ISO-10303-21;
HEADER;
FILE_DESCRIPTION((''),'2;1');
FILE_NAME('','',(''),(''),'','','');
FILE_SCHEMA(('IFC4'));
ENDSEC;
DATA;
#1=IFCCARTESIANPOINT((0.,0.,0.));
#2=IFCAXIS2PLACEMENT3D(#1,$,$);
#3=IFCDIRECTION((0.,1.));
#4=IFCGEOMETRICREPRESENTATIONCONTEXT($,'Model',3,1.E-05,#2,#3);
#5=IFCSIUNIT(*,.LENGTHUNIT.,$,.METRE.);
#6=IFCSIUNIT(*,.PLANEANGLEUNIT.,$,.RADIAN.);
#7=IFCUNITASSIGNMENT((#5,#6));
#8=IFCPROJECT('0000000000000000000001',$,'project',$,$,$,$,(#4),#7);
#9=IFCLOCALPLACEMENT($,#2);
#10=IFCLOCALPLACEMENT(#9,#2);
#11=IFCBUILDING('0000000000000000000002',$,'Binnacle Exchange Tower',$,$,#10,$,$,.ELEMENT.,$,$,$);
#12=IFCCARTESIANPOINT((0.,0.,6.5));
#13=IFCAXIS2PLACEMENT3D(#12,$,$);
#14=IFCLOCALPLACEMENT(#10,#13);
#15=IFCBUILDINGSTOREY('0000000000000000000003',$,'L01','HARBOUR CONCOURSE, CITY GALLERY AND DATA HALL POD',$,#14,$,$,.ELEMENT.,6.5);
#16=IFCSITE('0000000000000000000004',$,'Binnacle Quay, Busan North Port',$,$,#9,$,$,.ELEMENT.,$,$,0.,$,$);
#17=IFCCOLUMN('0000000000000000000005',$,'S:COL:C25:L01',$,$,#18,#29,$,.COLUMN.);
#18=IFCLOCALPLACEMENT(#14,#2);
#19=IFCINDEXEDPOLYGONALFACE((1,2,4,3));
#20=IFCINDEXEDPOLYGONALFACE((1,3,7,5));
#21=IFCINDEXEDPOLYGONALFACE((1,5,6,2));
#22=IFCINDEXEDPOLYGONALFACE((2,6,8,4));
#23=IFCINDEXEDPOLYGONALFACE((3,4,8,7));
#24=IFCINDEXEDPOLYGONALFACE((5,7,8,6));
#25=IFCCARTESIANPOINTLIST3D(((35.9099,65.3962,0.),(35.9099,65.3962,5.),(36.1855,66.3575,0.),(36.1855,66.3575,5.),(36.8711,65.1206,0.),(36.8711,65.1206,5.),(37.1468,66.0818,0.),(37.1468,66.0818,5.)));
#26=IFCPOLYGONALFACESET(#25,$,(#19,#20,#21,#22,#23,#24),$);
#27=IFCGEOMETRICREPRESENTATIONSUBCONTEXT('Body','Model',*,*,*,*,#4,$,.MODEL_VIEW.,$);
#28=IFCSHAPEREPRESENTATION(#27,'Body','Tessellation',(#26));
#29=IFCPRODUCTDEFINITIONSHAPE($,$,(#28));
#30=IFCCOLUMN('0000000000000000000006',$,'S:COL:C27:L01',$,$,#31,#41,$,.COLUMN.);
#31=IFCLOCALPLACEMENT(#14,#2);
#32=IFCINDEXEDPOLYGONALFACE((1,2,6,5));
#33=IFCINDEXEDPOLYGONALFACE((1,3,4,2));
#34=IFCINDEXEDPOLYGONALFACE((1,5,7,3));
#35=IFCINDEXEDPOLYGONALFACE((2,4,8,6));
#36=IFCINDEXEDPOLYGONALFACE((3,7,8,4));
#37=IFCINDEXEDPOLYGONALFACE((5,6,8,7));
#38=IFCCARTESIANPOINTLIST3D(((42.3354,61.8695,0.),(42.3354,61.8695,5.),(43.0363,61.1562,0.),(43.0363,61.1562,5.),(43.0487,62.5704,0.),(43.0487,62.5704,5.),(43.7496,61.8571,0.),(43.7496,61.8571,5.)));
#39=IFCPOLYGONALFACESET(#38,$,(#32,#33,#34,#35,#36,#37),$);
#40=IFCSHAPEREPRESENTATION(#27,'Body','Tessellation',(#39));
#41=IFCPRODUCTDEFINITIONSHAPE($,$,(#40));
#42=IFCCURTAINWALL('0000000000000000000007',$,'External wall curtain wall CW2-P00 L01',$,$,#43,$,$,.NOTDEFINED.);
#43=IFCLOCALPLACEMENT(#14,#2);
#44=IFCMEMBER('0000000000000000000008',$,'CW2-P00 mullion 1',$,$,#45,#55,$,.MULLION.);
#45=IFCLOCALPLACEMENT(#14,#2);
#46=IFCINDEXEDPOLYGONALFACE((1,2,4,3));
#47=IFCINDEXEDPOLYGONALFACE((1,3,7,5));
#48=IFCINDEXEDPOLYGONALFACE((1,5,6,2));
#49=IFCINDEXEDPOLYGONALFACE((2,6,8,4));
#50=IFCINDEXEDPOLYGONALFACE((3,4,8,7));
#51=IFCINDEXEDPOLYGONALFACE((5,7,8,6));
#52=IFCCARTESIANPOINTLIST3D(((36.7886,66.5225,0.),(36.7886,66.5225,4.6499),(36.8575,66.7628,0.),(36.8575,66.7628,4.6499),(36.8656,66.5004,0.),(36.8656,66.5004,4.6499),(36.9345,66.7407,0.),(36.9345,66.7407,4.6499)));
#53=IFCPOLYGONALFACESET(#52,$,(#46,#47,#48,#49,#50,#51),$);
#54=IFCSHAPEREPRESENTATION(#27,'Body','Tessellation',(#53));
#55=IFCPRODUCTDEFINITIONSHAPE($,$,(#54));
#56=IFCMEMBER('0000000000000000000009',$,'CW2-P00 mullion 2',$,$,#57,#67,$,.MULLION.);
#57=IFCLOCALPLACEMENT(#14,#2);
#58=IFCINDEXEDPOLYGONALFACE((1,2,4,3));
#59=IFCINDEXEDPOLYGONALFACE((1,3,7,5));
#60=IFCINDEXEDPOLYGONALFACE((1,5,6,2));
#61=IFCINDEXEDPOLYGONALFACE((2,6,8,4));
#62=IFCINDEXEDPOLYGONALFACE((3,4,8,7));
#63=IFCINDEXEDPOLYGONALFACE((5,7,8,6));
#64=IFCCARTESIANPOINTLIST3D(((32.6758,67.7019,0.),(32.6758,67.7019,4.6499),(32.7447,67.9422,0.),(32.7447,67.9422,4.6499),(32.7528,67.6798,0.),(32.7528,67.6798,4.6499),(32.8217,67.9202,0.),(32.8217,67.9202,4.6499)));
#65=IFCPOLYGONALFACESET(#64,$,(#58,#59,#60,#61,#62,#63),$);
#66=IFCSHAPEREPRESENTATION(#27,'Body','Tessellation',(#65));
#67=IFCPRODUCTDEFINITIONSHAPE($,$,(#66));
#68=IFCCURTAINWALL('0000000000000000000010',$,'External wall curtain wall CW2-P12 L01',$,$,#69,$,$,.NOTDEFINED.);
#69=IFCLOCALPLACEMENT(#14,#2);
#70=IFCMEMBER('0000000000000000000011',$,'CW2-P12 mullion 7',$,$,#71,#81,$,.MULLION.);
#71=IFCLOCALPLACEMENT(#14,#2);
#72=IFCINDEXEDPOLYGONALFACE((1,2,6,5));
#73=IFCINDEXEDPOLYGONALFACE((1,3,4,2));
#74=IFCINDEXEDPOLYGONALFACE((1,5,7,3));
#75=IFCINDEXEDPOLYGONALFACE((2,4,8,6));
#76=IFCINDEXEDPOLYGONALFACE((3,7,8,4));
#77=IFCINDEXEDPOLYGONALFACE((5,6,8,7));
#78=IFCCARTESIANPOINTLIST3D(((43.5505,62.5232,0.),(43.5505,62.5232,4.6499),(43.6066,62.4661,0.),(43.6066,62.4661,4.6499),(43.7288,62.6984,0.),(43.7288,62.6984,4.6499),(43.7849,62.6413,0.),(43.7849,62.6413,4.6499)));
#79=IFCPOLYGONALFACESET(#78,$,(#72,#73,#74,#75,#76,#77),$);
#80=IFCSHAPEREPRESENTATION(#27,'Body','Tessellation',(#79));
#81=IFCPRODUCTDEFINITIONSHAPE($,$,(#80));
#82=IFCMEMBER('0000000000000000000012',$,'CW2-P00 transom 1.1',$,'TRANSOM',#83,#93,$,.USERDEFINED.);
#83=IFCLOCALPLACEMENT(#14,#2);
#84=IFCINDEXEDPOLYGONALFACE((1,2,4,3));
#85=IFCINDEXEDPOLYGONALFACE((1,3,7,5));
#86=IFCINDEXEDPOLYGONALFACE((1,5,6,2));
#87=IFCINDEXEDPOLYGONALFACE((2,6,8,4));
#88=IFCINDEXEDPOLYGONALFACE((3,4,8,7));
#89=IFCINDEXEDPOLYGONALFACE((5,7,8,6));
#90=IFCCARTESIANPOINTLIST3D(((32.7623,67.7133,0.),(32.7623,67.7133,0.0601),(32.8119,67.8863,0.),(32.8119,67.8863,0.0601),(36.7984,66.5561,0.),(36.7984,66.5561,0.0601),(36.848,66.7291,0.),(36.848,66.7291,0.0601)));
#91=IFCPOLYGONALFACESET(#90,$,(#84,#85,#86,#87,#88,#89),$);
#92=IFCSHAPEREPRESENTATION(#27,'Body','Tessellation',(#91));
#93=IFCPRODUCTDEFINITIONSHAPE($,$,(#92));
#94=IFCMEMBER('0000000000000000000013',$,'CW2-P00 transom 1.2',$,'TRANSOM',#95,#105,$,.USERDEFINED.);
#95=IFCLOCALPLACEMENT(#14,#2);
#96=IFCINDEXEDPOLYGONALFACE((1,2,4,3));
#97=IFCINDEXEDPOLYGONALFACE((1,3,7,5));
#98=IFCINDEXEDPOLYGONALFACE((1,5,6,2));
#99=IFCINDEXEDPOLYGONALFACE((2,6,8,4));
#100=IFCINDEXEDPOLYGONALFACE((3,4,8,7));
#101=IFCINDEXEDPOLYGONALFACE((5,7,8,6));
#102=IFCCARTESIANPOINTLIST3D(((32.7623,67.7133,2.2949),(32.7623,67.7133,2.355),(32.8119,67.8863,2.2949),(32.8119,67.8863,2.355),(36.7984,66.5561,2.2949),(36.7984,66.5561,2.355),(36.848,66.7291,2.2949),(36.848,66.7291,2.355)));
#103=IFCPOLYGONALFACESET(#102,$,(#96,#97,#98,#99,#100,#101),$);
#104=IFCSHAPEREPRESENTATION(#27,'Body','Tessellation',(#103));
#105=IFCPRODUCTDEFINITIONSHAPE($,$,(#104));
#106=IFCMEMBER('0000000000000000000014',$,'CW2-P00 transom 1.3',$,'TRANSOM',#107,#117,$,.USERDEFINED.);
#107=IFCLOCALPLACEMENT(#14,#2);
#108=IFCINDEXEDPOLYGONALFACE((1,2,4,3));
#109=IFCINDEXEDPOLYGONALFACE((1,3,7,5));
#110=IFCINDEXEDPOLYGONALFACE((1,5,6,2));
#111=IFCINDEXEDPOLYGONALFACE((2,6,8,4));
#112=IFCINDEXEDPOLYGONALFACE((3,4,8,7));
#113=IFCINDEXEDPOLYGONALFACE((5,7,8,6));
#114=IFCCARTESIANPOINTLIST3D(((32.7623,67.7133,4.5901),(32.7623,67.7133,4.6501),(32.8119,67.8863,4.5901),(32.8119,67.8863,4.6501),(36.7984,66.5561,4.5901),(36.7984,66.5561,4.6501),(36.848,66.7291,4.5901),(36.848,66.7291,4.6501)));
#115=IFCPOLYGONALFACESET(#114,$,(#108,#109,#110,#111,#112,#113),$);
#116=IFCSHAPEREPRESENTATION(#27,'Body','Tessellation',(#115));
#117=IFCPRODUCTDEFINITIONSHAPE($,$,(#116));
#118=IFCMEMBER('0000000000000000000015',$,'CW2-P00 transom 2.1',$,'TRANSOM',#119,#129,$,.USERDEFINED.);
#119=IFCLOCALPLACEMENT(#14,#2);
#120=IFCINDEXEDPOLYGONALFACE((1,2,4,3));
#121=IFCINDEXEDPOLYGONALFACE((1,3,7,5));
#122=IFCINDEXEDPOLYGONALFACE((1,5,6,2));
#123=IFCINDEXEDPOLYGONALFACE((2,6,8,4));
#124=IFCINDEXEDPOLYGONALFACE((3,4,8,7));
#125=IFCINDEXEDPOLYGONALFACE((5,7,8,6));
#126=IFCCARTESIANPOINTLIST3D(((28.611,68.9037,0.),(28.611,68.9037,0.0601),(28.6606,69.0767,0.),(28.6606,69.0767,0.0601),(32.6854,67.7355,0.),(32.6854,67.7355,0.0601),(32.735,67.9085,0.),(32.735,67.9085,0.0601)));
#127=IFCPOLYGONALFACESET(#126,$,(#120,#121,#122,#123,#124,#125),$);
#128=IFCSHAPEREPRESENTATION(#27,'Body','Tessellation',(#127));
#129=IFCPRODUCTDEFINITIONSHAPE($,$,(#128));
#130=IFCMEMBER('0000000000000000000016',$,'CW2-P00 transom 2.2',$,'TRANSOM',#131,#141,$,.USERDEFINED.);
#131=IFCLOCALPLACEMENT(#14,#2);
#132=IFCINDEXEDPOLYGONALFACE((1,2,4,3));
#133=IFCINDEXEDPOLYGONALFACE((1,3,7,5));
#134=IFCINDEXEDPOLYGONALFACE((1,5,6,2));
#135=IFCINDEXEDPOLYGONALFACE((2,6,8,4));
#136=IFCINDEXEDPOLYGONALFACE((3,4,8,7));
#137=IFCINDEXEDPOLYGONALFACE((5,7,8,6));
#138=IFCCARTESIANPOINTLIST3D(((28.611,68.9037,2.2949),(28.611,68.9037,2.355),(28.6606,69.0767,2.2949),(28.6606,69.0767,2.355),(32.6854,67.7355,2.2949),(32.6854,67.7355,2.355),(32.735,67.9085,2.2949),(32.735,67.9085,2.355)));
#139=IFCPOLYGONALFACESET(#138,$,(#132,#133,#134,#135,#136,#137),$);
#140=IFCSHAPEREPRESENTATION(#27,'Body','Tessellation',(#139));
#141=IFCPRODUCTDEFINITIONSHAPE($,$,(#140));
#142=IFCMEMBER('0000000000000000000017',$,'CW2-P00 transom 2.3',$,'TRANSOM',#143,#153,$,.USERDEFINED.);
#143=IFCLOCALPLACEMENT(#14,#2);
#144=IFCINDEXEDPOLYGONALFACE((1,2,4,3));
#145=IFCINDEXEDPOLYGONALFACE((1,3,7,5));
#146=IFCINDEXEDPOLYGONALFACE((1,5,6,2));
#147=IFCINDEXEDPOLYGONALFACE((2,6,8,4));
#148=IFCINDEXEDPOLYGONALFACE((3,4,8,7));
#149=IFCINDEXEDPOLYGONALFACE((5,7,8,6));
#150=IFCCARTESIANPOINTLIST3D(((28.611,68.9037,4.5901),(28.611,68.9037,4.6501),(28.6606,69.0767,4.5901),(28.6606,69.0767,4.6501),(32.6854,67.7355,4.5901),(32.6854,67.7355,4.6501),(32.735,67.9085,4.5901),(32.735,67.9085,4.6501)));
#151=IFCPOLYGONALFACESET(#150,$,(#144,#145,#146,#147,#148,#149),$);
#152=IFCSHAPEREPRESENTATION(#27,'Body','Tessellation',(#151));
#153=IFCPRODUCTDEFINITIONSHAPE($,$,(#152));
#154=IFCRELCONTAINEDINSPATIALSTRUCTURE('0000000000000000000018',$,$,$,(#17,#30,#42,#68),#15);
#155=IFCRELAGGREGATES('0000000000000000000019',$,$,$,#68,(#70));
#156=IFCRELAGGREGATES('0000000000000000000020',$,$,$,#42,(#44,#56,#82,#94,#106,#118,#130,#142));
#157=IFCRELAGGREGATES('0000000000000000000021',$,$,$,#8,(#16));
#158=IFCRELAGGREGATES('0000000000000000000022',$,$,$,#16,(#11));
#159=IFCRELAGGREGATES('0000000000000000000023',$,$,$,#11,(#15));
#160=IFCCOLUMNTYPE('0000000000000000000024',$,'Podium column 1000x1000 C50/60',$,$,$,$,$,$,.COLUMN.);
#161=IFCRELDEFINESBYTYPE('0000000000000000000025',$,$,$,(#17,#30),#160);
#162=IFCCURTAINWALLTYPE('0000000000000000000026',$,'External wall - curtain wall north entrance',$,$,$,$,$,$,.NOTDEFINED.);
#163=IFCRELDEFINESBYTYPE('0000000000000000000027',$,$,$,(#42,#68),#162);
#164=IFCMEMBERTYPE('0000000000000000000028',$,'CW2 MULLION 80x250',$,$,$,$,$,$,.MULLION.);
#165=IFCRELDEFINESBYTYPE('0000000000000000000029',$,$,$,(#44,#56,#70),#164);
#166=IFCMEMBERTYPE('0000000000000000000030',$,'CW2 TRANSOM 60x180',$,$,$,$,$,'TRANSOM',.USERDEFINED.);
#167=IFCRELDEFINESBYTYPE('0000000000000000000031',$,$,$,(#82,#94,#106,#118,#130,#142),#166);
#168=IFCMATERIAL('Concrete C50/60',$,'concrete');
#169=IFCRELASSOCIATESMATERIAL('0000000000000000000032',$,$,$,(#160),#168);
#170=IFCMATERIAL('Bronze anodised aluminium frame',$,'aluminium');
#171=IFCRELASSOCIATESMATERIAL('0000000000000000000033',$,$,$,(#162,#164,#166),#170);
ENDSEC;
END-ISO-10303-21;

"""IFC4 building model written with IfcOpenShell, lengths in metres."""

from ifc_helpers import new_model, si_unit, direction, frame, origin, origin_2d, place, context, subcontext, project, spatial, rectangle, extrude, material, material_profile, profile_set, type_object, element, aggregate, save


model = new_model("IFC4")

# Units and contexts
model_context = context("Model", 3, precision=1e-05, world=origin(), true_north=direction((0.0, 1.0)))
body_context = subcontext(model_context, "Body", "Model", "MODEL_VIEW")
ifc_project = project(units=[si_unit("LENGTHUNIT", "METRE"), si_unit("PLANEANGLEUNIT", "RADIAN")], contexts=[model_context])

# Site, building, storey
site_placement = place(None, origin())
site = spatial("IfcSite", under=ifc_project, at=site_placement, Name="Binnacle Quay, Busan North Port", CompositionType="ELEMENT", RefElevation=0.0)
building_placement = place(site_placement, origin())
building = spatial("IfcBuilding", under=site, at=building_placement, Name="Binnacle Exchange Tower", CompositionType="ELEMENT")
storey_placement = place(building_placement, frame((0.0, 0.0, 6.5)))
storey = spatial("IfcBuildingStorey", under=building, at=storey_placement, Name="L01", Description="HARBOUR CONCOURSE, CITY GALLERY AND DATA HALL POD", CompositionType="ELEMENT", Elevation=6.5)

# Columns
ifc_material_1 = material(Name="Concrete C50/60", Category="concrete")
ifc_material_profile_1 = material_profile(ifc_material_1, rectangle(XDim=1.0, YDim=1.0, at=origin_2d()), Name="Podium column 1000x1000 C50/60")
ifc_profile_set_1 = profile_set([ifc_material_profile_1], Name="Concrete C50/60")
column_type = type_object("IfcColumnType", Name="Podium column 1000x1000 C50/60", PredefinedType="COLUMN", material=ifc_profile_set_1)
for number, where, z_axis, x_axis, name in (
    (1, (36.5283, 65.739, 0.0), (0.0, 0.0, 1.0), (-0.961262, 0.275637, 0.0), "S:COL:C25:L01"),
    (2, (43.0425, 61.8633, 0.0), (0.0, 0.0, 1.0), (-0.700909, 0.71325, 0.0), "S:COL:C27:L01"),
):
    element("IfcColumn", number, at=place(storey_placement, frame(where, z_axis=z_axis, x_axis=x_axis)), inside=storey, type_object=column_type, Name=name, PredefinedType="COLUMN", context=body_context, shape_type="SweptSolid", body=[
        extrude(rectangle(XDim=1.0, YDim=1.0, at=origin_2d()), origin(), (0.0, 0.0, 1.0), 5.0),
    ])

# Curtain wall, members
ifc_material_2 = material(Name="Bronze anodised aluminium frame", Category="aluminium")
curtain_wall_type = type_object("IfcCurtainWallType", Name="External wall - curtain wall north entrance", PredefinedType="NOTDEFINED", material=ifc_material_2)
curtain_wall_1_placement = place(storey_placement, origin())
curtain_wall_1 = element("IfcCurtainWall", 3, at=curtain_wall_1_placement, inside=storey, type_object=curtain_wall_type, Name="External wall curtain wall CW2-P00 L01", PredefinedType="NOTDEFINED")
ifc_material_profile_2 = material_profile(ifc_material_2, rectangle(XDim=0.25, YDim=0.0801, at=origin_2d()), Name="AL 80x250")
ifc_profile_set_2 = profile_set([ifc_material_profile_2], Name="Bronze anodised aluminium frame")
member_type_1 = type_object("IfcMemberType", Name="CW2 MULLION 80x250", PredefinedType="MULLION", material=ifc_profile_set_2)
member_1_placement = place(storey_placement, frame((36.8616, 66.6316, 0.0), z_axis=(0.0, 0.0, 1.0), x_axis=(-0.275637, -0.961262, 0.0)))
member_1 = element("IfcMember", 4, at=member_1_placement, type_object=member_type_1, Name="CW2-P00 mullion 1", PredefinedType="MULLION", context=body_context, shape_type="SweptSolid", body=[
    extrude(rectangle(XDim=0.25, YDim=0.0801, at=origin_2d()), origin(), (0.0, 0.0, 1.0), 4.6499),
])
member_2_placement = place(storey_placement, frame((32.7488, 67.811, 0.0), z_axis=(0.0, 0.0, 1.0), x_axis=(-0.275637, -0.961262, 0.0)))
member_2 = element("IfcMember", 5, at=member_2_placement, type_object=member_type_1, Name="CW2-P00 mullion 2", PredefinedType="MULLION", context=body_context, shape_type="SweptSolid", body=[
    extrude(rectangle(XDim=0.25, YDim=0.0801, at=origin_2d()), origin(), (0.0, 0.0, 1.0), 4.6499),
])

# Curtain wall, member
curtain_wall_2_placement = place(storey_placement, origin())
curtain_wall_2 = element("IfcCurtainWall", 6, at=curtain_wall_2_placement, inside=storey, type_object=curtain_wall_type, Name="External wall curtain wall CW2-P12 L01", PredefinedType="NOTDEFINED")
member_3_placement = place(storey_placement, frame((43.6677, 62.5823, 0.0), z_axis=(0.0, 0.0, 1.0), x_axis=(-0.71325, -0.700909, 0.0)))
member_3 = element("IfcMember", 7, at=member_3_placement, type_object=member_type_1, Name="CW2-P12 mullion 7", PredefinedType="MULLION", context=body_context, shape_type="SweptSolid", body=[
    extrude(rectangle(XDim=0.25, YDim=0.0801, at=origin_2d()), origin(), (0.0, 0.0, 1.0), 4.6499),
])
aggregate(curtain_wall_2, [member_3])

# Members
ifc_material_profile_3 = material_profile(ifc_material_2, rectangle(XDim=0.1799, YDim=0.0601, at=origin_2d()), Name="AL 180x60")
ifc_profile_set_3 = profile_set([ifc_material_profile_3], Name="Bronze anodised aluminium frame")
member_type_2 = type_object("IfcMemberType", Name="CW2 TRANSOM 60x180", ElementType="TRANSOM", PredefinedType="USERDEFINED", material=ifc_profile_set_3)
member_4_placement = place(storey_placement, frame((36.8232, 66.6426, 0.03), z_axis=(-0.961269, 0.275612, 0.0), x_axis=(-0.275612, -0.961269, 0.0)))
member_4 = element("IfcMember", 8, at=member_4_placement, type_object=member_type_2, Name="CW2-P00 transom 1.1", ObjectType="TRANSOM", PredefinedType="USERDEFINED", context=body_context, shape_type="SweptSolid", body=[
    extrude(rectangle(XDim=0.1799, YDim=0.0601, at=origin_2d()), origin(), (0.0, 0.0, 1.0), 4.1987),
])
member_5_placement = place(storey_placement, frame((36.8232, 66.6426, 2.325), z_axis=(-0.961269, 0.275612, 0.0), x_axis=(-0.275612, -0.961269, 0.0)))
member_5 = element("IfcMember", 9, at=member_5_placement, type_object=member_type_2, Name="CW2-P00 transom 1.2", ObjectType="TRANSOM", PredefinedType="USERDEFINED", context=body_context, shape_type="SweptSolid", body=[
    extrude(rectangle(XDim=0.1799, YDim=0.0601, at=origin_2d()), origin(), (0.0, 0.0, 1.0), 4.1987),
])
member_6_placement = place(storey_placement, frame((36.8232, 66.6426, 4.6201), z_axis=(-0.961269, 0.275612, 0.0), x_axis=(-0.275612, -0.961269, 0.0)))
member_6 = element("IfcMember", 10, at=member_6_placement, type_object=member_type_2, Name="CW2-P00 transom 1.3", ObjectType="TRANSOM", PredefinedType="USERDEFINED", context=body_context, shape_type="SweptSolid", body=[
    extrude(rectangle(XDim=0.1799, YDim=0.0601, at=origin_2d()), origin(), (0.0, 0.0, 1.0), 4.1987),
])
member_7_placement = place(storey_placement, frame((32.7102, 67.822, 0.03), z_axis=(-0.961269, 0.275611, 0.0), x_axis=(-0.275611, -0.961269, 0.0)))
member_7 = element("IfcMember", 11, at=member_7_placement, type_object=member_type_2, Name="CW2-P00 transom 2.1", ObjectType="TRANSOM", PredefinedType="USERDEFINED", context=body_context, shape_type="SweptSolid", body=[
    extrude(rectangle(XDim=0.1799, YDim=0.0601, at=origin_2d()), origin(), (0.0, 0.0, 1.0), 4.2385),
])
member_8_placement = place(storey_placement, frame((32.7102, 67.822, 2.325), z_axis=(-0.961269, 0.275611, 0.0), x_axis=(-0.275611, -0.961269, 0.0)))
member_8 = element("IfcMember", 12, at=member_8_placement, type_object=member_type_2, Name="CW2-P00 transom 2.2", ObjectType="TRANSOM", PredefinedType="USERDEFINED", context=body_context, shape_type="SweptSolid", body=[
    extrude(rectangle(XDim=0.1799, YDim=0.0601, at=origin_2d()), origin(), (0.0, 0.0, 1.0), 4.2385),
])
member_9_placement = place(storey_placement, frame((32.7102, 67.822, 4.6201), z_axis=(-0.961269, 0.275611, 0.0), x_axis=(-0.275611, -0.961269, 0.0)))
member_9 = element("IfcMember", 13, at=member_9_placement, type_object=member_type_2, Name="CW2-P00 transom 2.3", ObjectType="TRANSOM", PredefinedType="USERDEFINED", context=body_context, shape_type="SweptSolid", body=[
    extrude(rectangle(XDim=0.1799, YDim=0.0601, at=origin_2d()), origin(), (0.0, 0.0, 1.0), 4.2385),
])

aggregate(curtain_wall_1, [member_1, member_2, member_4, member_5, member_6, member_7, member_8, member_9])

save(model, "model.ifc")
